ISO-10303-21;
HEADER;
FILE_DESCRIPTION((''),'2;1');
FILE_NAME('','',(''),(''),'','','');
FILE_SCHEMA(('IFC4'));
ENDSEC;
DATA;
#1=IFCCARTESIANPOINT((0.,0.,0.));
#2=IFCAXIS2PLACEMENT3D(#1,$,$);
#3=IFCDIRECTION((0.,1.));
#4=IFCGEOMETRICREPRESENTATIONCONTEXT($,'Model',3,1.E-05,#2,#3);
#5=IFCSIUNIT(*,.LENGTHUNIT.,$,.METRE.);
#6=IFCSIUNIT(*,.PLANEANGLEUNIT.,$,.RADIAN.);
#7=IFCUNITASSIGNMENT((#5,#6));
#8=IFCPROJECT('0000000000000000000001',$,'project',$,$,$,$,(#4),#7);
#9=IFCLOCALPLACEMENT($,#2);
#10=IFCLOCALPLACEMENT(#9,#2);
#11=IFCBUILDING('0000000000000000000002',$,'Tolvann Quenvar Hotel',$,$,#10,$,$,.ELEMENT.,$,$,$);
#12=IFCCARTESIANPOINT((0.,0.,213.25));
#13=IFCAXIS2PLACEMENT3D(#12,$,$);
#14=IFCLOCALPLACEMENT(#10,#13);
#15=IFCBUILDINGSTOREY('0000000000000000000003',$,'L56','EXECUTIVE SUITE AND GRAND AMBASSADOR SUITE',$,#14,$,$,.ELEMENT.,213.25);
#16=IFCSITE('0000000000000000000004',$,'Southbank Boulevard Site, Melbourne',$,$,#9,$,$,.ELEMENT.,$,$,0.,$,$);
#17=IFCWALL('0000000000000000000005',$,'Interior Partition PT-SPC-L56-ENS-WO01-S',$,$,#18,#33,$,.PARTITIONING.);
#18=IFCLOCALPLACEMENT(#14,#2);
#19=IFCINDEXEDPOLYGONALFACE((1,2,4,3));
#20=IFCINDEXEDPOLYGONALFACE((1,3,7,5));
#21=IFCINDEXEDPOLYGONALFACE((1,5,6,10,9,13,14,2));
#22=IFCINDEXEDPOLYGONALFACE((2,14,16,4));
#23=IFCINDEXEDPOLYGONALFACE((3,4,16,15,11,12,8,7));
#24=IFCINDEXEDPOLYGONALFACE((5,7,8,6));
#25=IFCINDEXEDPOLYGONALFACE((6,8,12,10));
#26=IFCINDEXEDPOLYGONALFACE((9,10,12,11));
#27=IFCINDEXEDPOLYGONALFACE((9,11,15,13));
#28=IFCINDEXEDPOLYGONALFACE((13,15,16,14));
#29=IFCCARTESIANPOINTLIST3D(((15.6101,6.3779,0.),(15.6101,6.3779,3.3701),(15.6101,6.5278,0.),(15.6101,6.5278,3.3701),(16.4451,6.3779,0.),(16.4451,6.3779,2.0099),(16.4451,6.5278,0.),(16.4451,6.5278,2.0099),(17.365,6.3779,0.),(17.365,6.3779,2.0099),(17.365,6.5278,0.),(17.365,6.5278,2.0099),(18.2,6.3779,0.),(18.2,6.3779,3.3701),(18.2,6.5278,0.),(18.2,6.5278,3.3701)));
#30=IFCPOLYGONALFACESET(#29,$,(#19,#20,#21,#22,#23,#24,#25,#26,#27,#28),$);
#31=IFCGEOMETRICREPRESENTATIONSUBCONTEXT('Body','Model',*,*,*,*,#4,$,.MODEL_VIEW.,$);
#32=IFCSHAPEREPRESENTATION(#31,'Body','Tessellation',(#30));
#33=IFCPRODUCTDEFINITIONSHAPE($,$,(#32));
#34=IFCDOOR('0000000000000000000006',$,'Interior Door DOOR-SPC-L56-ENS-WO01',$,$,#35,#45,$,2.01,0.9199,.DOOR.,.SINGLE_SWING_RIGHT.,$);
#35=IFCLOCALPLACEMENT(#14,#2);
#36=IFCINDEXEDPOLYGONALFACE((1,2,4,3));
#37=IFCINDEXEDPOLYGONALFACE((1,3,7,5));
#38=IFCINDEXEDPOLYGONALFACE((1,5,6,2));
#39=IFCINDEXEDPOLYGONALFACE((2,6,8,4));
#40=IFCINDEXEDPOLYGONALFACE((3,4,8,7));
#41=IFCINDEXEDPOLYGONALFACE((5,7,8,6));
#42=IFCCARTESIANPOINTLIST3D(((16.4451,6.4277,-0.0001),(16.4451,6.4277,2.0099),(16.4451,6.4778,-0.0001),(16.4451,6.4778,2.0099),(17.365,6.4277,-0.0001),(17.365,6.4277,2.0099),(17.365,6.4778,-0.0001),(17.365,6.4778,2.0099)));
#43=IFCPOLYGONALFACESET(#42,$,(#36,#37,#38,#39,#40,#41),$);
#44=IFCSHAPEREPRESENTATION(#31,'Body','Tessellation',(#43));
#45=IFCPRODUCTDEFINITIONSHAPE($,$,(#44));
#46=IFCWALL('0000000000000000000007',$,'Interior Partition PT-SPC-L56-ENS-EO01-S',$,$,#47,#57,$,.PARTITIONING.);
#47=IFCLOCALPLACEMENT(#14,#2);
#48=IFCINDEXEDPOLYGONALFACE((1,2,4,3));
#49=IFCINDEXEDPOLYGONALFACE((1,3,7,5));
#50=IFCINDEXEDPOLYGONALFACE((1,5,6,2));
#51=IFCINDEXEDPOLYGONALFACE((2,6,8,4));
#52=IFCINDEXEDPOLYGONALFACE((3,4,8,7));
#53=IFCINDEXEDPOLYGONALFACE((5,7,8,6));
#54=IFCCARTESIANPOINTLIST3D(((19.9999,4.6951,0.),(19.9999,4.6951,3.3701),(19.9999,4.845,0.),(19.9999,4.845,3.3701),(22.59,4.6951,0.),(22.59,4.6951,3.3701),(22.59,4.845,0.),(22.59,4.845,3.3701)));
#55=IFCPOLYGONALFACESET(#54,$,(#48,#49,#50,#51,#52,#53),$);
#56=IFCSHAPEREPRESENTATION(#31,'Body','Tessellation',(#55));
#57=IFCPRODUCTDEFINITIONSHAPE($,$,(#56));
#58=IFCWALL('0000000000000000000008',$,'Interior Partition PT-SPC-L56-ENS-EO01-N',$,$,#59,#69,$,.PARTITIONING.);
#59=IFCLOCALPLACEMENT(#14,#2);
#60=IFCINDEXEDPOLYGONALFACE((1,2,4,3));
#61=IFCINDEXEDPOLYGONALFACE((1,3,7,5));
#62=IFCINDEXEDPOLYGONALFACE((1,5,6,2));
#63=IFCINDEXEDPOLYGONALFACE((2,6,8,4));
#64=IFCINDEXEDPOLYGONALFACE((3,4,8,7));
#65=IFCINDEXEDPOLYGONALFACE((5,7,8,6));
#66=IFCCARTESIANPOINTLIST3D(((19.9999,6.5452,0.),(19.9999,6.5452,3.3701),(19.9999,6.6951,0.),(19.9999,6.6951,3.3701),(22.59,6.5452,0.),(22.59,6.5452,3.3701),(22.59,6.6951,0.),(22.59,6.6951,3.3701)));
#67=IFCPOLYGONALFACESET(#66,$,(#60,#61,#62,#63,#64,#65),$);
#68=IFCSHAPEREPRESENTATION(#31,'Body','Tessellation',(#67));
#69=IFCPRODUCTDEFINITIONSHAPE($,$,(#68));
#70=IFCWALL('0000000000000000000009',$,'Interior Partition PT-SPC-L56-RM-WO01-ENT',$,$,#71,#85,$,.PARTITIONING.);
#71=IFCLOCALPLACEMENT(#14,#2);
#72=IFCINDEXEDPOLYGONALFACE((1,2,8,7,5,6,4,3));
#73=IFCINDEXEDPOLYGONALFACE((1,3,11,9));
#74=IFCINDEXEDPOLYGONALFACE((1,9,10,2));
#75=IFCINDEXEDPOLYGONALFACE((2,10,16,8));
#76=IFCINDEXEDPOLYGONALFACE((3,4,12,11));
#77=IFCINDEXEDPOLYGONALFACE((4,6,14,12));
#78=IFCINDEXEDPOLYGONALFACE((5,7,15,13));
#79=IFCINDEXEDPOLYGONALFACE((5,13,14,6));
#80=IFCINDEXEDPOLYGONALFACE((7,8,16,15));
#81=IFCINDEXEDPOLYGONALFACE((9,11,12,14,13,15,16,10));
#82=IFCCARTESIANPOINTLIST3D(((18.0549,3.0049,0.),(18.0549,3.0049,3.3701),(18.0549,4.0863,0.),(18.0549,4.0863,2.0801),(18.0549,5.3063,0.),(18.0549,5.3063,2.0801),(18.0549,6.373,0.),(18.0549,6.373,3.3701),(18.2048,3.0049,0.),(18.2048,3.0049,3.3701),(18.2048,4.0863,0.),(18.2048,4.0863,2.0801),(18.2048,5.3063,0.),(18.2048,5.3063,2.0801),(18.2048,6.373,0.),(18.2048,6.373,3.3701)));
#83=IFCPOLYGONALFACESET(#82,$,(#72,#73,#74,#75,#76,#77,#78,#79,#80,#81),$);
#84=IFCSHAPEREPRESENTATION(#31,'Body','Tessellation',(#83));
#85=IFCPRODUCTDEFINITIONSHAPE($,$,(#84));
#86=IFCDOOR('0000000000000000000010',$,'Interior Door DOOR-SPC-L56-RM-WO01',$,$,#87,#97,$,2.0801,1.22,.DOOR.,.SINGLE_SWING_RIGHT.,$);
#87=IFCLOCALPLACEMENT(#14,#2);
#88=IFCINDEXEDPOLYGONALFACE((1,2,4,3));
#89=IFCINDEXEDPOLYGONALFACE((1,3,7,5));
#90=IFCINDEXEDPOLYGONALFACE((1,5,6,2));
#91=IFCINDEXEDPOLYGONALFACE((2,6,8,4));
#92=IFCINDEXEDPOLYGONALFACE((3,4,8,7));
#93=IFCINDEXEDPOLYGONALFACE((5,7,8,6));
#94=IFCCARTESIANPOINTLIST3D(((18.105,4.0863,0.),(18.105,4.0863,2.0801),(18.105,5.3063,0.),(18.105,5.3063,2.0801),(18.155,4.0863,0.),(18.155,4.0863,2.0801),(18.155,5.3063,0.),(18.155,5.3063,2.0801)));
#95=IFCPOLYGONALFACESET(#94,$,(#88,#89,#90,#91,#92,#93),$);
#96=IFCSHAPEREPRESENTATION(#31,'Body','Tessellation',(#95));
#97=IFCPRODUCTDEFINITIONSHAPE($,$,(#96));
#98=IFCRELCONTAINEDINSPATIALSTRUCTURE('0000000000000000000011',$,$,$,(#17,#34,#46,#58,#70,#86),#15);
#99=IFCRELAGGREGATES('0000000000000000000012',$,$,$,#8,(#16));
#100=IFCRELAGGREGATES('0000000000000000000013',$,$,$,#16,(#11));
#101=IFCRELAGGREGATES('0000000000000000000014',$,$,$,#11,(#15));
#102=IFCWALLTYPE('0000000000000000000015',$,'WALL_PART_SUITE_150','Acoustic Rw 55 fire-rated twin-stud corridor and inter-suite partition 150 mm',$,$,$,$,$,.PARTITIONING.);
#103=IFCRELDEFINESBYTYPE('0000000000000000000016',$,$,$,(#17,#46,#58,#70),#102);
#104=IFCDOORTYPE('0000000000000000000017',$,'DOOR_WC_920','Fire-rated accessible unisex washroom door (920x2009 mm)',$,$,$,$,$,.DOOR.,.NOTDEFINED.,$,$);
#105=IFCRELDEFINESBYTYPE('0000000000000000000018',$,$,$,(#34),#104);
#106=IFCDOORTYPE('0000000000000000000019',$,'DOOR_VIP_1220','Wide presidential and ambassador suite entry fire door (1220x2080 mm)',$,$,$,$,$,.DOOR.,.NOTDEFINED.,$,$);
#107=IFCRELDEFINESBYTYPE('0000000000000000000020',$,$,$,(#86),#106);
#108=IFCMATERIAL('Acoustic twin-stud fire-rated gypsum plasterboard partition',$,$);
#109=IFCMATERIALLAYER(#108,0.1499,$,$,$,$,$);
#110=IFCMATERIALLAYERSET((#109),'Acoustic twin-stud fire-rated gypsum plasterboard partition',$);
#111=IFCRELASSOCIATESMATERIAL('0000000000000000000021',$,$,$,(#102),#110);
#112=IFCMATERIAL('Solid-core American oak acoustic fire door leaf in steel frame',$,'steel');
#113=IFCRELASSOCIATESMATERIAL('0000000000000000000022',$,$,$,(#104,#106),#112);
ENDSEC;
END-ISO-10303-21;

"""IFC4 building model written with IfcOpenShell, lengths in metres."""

from ifc_helpers import new_model, si_unit, direction, frame, frame_2d, origin, place, context, subcontext, project, spatial, rectangle, extrude, source, transform, mapped, material, layer, layer_set, type_object, type_shapes, element, fill, save


model = new_model("IFC4")

# Units and contexts
model_context = context("Model", 3, precision=1e-05, world=origin(), true_north=direction((0.0, 1.0)))
body_context = subcontext(model_context, "Body", "Model", "MODEL_VIEW")
ifc_project = project(units=[si_unit("LENGTHUNIT", "METRE"), si_unit("PLANEANGLEUNIT", "RADIAN")], contexts=[model_context])

# Site, building, storey
site_placement = place(None, origin())
site = spatial("IfcSite", under=ifc_project, at=site_placement, Name="Southbank Boulevard Site, Melbourne", CompositionType="ELEMENT", RefElevation=0.0)
building_placement = place(site_placement, origin())
building = spatial("IfcBuilding", under=site, at=building_placement, Name="Tolvann Quenvar Hotel", CompositionType="ELEMENT")
storey_placement = place(building_placement, frame((0.0, 0.0, 213.25)))
storey = spatial("IfcBuildingStorey", under=building, at=storey_placement, Name="L56", Description="EXECUTIVE SUITE AND GRAND AMBASSADOR SUITE", CompositionType="ELEMENT", Elevation=213.25)

# Shared definitions
ifc_material_1 = material(Name="Acoustic twin-stud fire-rated gypsum plasterboard partition")
ifc_layer_1 = layer(ifc_material_1, 0.1499)
ifc_layer_set_1 = layer_set([ifc_layer_1], Name="Acoustic twin-stud fire-rated gypsum plasterboard partition")
wall_type_1 = type_object("IfcWallType", Name="WALL_PART_SUITE_150", Description="Acoustic Rw 55 fire-rated twin-stud corridor and inter-suite partition 150 mm", PredefinedType="PARTITIONING", material=ifc_layer_set_1)

# Wall, opening, door
wall_1_placement = place(storey_placement, frame((15.6101, 6.4529, 0.0), z_axis=(0.0, 0.0, 1.0), x_axis=(1.0, 0.0, 0.0)))
wall_1 = element("IfcWall", 1, at=wall_1_placement, inside=storey, type_object=wall_type_1, Name="Interior Partition PT-SPC-L56-ENS-WO01-S", PredefinedType="PARTITIONING", context=body_context, shape_type="SweptSolid", body=[
    extrude(rectangle(XDim=2.5898, YDim=0.1499, at=frame_2d((1.2949, 0.0))), origin(), (0.0, 0.0, 1.0), 3.3701),
])
opening_1_placement = place(wall_1_placement, frame((0.835, 0.0, 0.0)))
opening_1 = element("IfcOpeningElement", 2, at=opening_1_placement, cuts=wall_1, PredefinedType="OPENING", context=body_context, shape_type="SweptSolid", body=[
    extrude(rectangle(XDim=0.9199, YDim=2.01, at=frame_2d((0.46, 1.0049))), frame((0.0, 0.085, 0.0), z_axis=(0.0, -1.0, 0.0), x_axis=(1.0, 0.0, 0.0)), (0.0, 0.0, 1.0), 0.1699),
])
ifc_material_2 = material(Name="Solid-core American oak acoustic fire door leaf in steel frame", Category="steel")
door_type_1 = type_object("IfcDoorType", Name="DOOR_WC_920", Description="Fire-rated accessible unisex washroom door (920x2009 mm)", OperationType="NOTDEFINED", PredefinedType="DOOR", material=ifc_material_2)
shared_shape_1 = source(origin(), body_context, "Body", "SweptSolid", [
    extrude(rectangle(XDim=0.9199, YDim=2.01, at=frame_2d((0.46, 1.0049))), frame((0.0, 0.0249, 0.0), z_axis=(0.0, -1.0, 0.0), x_axis=(1.0, 0.0, 0.0)), (0.0, 0.0, 1.0), 0.05),
])
type_shapes(door_type_1, [shared_shape_1])
door_1_placement = place(opening_1_placement, origin())
door_1 = element("IfcDoor", 3, at=door_1_placement, inside=storey, type_object=door_type_1, Name="Interior Door DOOR-SPC-L56-ENS-WO01", OperationType="SINGLE_SWING_RIGHT", OverallHeight=2.01, OverallWidth=0.9199, PredefinedType="DOOR", context=body_context, shape_type="MappedRepresentation", body=[
    mapped(shared_shape_1, transform((0.0, 0.0, 0.0), x_axis=(1.0, 0.0, 0.0), y_axis=(0.0, 1.0, 0.0), z_axis=(0.0, 0.0, 1.0), scale=1.0)),
])
fill(opening_1, door_1)

# Walls
for number, where, z_axis, x_axis, name in (
    (4, (20.0, 4.77, 0.0), (0.0, 0.0, 1.0), (1.0, 0.0, 0.0), "Interior Partition PT-SPC-L56-ENS-EO01-S"),
    (5, (20.0, 6.6201, 0.0), (0.0, 0.0, 1.0), (1.0, 0.0, 0.0), "Interior Partition PT-SPC-L56-ENS-EO01-N"),
):
    element("IfcWall", number, at=place(storey_placement, frame(where, z_axis=z_axis, x_axis=x_axis)), inside=storey, type_object=wall_type_1, Name=name, PredefinedType="PARTITIONING", context=body_context, shape_type="SweptSolid", body=[
        extrude(rectangle(XDim=2.5901, YDim=0.1499, at=frame_2d((1.2949, 0.0))), origin(), (0.0, 0.0, 1.0), 3.3701),
    ])

# Wall, opening, door
wall_2_placement = place(storey_placement, frame((18.1299, 3.0049, 0.0), z_axis=(0.0, 0.0, 1.0), x_axis=(0.0, 1.0, 0.0)))
wall_2 = element("IfcWall", 6, at=wall_2_placement, inside=storey, type_object=wall_type_1, Name="Interior Partition PT-SPC-L56-RM-WO01-ENT", PredefinedType="PARTITIONING", context=body_context, shape_type="SweptSolid", body=[
    extrude(rectangle(XDim=3.3682, YDim=0.1499, at=frame_2d((1.6841, 0.0))), origin(), (0.0, 0.0, 1.0), 3.3701),
])
opening_2_placement = place(wall_2_placement, frame((1.0815, 0.0, 0.0)))
opening_2 = element("IfcOpeningElement", 7, at=opening_2_placement, cuts=wall_2, PredefinedType="OPENING", context=body_context, shape_type="SweptSolid", body=[
    extrude(rectangle(XDim=1.22, YDim=2.0801, at=frame_2d((0.6099, 1.04))), frame((0.0, 0.085, 0.0), z_axis=(0.0, -1.0, 0.0), x_axis=(1.0, 0.0, 0.0)), (0.0, 0.0, 1.0), 0.1699),
])
door_type_2 = type_object("IfcDoorType", Name="DOOR_VIP_1220", Description="Wide presidential and ambassador suite entry fire door (1220x2080 mm)", OperationType="NOTDEFINED", PredefinedType="DOOR", material=ifc_material_2)
shared_shape_2 = source(origin(), body_context, "Body", "SweptSolid", [
    extrude(rectangle(XDim=1.22, YDim=2.0801, at=frame_2d((0.6099, 1.04))), frame((0.0, 0.0249, 0.0), z_axis=(0.0, -1.0, 0.0), x_axis=(1.0, 0.0, 0.0)), (0.0, 0.0, 1.0), 0.05),
])
type_shapes(door_type_2, [shared_shape_2])
door_2_placement = place(opening_2_placement, origin())
door_2 = element("IfcDoor", 8, at=door_2_placement, inside=storey, type_object=door_type_2, Name="Interior Door DOOR-SPC-L56-RM-WO01", OperationType="SINGLE_SWING_RIGHT", OverallHeight=2.0801, OverallWidth=1.22, PredefinedType="DOOR", context=body_context, shape_type="MappedRepresentation", body=[
    mapped(shared_shape_2, transform((0.0, 0.0, 0.0), x_axis=(1.0, 0.0, 0.0), y_axis=(0.0, 1.0, 0.0), z_axis=(0.0, 0.0, 1.0), scale=1.0)),
])
fill(opening_2, door_2)

save(model, "model.ifc")
